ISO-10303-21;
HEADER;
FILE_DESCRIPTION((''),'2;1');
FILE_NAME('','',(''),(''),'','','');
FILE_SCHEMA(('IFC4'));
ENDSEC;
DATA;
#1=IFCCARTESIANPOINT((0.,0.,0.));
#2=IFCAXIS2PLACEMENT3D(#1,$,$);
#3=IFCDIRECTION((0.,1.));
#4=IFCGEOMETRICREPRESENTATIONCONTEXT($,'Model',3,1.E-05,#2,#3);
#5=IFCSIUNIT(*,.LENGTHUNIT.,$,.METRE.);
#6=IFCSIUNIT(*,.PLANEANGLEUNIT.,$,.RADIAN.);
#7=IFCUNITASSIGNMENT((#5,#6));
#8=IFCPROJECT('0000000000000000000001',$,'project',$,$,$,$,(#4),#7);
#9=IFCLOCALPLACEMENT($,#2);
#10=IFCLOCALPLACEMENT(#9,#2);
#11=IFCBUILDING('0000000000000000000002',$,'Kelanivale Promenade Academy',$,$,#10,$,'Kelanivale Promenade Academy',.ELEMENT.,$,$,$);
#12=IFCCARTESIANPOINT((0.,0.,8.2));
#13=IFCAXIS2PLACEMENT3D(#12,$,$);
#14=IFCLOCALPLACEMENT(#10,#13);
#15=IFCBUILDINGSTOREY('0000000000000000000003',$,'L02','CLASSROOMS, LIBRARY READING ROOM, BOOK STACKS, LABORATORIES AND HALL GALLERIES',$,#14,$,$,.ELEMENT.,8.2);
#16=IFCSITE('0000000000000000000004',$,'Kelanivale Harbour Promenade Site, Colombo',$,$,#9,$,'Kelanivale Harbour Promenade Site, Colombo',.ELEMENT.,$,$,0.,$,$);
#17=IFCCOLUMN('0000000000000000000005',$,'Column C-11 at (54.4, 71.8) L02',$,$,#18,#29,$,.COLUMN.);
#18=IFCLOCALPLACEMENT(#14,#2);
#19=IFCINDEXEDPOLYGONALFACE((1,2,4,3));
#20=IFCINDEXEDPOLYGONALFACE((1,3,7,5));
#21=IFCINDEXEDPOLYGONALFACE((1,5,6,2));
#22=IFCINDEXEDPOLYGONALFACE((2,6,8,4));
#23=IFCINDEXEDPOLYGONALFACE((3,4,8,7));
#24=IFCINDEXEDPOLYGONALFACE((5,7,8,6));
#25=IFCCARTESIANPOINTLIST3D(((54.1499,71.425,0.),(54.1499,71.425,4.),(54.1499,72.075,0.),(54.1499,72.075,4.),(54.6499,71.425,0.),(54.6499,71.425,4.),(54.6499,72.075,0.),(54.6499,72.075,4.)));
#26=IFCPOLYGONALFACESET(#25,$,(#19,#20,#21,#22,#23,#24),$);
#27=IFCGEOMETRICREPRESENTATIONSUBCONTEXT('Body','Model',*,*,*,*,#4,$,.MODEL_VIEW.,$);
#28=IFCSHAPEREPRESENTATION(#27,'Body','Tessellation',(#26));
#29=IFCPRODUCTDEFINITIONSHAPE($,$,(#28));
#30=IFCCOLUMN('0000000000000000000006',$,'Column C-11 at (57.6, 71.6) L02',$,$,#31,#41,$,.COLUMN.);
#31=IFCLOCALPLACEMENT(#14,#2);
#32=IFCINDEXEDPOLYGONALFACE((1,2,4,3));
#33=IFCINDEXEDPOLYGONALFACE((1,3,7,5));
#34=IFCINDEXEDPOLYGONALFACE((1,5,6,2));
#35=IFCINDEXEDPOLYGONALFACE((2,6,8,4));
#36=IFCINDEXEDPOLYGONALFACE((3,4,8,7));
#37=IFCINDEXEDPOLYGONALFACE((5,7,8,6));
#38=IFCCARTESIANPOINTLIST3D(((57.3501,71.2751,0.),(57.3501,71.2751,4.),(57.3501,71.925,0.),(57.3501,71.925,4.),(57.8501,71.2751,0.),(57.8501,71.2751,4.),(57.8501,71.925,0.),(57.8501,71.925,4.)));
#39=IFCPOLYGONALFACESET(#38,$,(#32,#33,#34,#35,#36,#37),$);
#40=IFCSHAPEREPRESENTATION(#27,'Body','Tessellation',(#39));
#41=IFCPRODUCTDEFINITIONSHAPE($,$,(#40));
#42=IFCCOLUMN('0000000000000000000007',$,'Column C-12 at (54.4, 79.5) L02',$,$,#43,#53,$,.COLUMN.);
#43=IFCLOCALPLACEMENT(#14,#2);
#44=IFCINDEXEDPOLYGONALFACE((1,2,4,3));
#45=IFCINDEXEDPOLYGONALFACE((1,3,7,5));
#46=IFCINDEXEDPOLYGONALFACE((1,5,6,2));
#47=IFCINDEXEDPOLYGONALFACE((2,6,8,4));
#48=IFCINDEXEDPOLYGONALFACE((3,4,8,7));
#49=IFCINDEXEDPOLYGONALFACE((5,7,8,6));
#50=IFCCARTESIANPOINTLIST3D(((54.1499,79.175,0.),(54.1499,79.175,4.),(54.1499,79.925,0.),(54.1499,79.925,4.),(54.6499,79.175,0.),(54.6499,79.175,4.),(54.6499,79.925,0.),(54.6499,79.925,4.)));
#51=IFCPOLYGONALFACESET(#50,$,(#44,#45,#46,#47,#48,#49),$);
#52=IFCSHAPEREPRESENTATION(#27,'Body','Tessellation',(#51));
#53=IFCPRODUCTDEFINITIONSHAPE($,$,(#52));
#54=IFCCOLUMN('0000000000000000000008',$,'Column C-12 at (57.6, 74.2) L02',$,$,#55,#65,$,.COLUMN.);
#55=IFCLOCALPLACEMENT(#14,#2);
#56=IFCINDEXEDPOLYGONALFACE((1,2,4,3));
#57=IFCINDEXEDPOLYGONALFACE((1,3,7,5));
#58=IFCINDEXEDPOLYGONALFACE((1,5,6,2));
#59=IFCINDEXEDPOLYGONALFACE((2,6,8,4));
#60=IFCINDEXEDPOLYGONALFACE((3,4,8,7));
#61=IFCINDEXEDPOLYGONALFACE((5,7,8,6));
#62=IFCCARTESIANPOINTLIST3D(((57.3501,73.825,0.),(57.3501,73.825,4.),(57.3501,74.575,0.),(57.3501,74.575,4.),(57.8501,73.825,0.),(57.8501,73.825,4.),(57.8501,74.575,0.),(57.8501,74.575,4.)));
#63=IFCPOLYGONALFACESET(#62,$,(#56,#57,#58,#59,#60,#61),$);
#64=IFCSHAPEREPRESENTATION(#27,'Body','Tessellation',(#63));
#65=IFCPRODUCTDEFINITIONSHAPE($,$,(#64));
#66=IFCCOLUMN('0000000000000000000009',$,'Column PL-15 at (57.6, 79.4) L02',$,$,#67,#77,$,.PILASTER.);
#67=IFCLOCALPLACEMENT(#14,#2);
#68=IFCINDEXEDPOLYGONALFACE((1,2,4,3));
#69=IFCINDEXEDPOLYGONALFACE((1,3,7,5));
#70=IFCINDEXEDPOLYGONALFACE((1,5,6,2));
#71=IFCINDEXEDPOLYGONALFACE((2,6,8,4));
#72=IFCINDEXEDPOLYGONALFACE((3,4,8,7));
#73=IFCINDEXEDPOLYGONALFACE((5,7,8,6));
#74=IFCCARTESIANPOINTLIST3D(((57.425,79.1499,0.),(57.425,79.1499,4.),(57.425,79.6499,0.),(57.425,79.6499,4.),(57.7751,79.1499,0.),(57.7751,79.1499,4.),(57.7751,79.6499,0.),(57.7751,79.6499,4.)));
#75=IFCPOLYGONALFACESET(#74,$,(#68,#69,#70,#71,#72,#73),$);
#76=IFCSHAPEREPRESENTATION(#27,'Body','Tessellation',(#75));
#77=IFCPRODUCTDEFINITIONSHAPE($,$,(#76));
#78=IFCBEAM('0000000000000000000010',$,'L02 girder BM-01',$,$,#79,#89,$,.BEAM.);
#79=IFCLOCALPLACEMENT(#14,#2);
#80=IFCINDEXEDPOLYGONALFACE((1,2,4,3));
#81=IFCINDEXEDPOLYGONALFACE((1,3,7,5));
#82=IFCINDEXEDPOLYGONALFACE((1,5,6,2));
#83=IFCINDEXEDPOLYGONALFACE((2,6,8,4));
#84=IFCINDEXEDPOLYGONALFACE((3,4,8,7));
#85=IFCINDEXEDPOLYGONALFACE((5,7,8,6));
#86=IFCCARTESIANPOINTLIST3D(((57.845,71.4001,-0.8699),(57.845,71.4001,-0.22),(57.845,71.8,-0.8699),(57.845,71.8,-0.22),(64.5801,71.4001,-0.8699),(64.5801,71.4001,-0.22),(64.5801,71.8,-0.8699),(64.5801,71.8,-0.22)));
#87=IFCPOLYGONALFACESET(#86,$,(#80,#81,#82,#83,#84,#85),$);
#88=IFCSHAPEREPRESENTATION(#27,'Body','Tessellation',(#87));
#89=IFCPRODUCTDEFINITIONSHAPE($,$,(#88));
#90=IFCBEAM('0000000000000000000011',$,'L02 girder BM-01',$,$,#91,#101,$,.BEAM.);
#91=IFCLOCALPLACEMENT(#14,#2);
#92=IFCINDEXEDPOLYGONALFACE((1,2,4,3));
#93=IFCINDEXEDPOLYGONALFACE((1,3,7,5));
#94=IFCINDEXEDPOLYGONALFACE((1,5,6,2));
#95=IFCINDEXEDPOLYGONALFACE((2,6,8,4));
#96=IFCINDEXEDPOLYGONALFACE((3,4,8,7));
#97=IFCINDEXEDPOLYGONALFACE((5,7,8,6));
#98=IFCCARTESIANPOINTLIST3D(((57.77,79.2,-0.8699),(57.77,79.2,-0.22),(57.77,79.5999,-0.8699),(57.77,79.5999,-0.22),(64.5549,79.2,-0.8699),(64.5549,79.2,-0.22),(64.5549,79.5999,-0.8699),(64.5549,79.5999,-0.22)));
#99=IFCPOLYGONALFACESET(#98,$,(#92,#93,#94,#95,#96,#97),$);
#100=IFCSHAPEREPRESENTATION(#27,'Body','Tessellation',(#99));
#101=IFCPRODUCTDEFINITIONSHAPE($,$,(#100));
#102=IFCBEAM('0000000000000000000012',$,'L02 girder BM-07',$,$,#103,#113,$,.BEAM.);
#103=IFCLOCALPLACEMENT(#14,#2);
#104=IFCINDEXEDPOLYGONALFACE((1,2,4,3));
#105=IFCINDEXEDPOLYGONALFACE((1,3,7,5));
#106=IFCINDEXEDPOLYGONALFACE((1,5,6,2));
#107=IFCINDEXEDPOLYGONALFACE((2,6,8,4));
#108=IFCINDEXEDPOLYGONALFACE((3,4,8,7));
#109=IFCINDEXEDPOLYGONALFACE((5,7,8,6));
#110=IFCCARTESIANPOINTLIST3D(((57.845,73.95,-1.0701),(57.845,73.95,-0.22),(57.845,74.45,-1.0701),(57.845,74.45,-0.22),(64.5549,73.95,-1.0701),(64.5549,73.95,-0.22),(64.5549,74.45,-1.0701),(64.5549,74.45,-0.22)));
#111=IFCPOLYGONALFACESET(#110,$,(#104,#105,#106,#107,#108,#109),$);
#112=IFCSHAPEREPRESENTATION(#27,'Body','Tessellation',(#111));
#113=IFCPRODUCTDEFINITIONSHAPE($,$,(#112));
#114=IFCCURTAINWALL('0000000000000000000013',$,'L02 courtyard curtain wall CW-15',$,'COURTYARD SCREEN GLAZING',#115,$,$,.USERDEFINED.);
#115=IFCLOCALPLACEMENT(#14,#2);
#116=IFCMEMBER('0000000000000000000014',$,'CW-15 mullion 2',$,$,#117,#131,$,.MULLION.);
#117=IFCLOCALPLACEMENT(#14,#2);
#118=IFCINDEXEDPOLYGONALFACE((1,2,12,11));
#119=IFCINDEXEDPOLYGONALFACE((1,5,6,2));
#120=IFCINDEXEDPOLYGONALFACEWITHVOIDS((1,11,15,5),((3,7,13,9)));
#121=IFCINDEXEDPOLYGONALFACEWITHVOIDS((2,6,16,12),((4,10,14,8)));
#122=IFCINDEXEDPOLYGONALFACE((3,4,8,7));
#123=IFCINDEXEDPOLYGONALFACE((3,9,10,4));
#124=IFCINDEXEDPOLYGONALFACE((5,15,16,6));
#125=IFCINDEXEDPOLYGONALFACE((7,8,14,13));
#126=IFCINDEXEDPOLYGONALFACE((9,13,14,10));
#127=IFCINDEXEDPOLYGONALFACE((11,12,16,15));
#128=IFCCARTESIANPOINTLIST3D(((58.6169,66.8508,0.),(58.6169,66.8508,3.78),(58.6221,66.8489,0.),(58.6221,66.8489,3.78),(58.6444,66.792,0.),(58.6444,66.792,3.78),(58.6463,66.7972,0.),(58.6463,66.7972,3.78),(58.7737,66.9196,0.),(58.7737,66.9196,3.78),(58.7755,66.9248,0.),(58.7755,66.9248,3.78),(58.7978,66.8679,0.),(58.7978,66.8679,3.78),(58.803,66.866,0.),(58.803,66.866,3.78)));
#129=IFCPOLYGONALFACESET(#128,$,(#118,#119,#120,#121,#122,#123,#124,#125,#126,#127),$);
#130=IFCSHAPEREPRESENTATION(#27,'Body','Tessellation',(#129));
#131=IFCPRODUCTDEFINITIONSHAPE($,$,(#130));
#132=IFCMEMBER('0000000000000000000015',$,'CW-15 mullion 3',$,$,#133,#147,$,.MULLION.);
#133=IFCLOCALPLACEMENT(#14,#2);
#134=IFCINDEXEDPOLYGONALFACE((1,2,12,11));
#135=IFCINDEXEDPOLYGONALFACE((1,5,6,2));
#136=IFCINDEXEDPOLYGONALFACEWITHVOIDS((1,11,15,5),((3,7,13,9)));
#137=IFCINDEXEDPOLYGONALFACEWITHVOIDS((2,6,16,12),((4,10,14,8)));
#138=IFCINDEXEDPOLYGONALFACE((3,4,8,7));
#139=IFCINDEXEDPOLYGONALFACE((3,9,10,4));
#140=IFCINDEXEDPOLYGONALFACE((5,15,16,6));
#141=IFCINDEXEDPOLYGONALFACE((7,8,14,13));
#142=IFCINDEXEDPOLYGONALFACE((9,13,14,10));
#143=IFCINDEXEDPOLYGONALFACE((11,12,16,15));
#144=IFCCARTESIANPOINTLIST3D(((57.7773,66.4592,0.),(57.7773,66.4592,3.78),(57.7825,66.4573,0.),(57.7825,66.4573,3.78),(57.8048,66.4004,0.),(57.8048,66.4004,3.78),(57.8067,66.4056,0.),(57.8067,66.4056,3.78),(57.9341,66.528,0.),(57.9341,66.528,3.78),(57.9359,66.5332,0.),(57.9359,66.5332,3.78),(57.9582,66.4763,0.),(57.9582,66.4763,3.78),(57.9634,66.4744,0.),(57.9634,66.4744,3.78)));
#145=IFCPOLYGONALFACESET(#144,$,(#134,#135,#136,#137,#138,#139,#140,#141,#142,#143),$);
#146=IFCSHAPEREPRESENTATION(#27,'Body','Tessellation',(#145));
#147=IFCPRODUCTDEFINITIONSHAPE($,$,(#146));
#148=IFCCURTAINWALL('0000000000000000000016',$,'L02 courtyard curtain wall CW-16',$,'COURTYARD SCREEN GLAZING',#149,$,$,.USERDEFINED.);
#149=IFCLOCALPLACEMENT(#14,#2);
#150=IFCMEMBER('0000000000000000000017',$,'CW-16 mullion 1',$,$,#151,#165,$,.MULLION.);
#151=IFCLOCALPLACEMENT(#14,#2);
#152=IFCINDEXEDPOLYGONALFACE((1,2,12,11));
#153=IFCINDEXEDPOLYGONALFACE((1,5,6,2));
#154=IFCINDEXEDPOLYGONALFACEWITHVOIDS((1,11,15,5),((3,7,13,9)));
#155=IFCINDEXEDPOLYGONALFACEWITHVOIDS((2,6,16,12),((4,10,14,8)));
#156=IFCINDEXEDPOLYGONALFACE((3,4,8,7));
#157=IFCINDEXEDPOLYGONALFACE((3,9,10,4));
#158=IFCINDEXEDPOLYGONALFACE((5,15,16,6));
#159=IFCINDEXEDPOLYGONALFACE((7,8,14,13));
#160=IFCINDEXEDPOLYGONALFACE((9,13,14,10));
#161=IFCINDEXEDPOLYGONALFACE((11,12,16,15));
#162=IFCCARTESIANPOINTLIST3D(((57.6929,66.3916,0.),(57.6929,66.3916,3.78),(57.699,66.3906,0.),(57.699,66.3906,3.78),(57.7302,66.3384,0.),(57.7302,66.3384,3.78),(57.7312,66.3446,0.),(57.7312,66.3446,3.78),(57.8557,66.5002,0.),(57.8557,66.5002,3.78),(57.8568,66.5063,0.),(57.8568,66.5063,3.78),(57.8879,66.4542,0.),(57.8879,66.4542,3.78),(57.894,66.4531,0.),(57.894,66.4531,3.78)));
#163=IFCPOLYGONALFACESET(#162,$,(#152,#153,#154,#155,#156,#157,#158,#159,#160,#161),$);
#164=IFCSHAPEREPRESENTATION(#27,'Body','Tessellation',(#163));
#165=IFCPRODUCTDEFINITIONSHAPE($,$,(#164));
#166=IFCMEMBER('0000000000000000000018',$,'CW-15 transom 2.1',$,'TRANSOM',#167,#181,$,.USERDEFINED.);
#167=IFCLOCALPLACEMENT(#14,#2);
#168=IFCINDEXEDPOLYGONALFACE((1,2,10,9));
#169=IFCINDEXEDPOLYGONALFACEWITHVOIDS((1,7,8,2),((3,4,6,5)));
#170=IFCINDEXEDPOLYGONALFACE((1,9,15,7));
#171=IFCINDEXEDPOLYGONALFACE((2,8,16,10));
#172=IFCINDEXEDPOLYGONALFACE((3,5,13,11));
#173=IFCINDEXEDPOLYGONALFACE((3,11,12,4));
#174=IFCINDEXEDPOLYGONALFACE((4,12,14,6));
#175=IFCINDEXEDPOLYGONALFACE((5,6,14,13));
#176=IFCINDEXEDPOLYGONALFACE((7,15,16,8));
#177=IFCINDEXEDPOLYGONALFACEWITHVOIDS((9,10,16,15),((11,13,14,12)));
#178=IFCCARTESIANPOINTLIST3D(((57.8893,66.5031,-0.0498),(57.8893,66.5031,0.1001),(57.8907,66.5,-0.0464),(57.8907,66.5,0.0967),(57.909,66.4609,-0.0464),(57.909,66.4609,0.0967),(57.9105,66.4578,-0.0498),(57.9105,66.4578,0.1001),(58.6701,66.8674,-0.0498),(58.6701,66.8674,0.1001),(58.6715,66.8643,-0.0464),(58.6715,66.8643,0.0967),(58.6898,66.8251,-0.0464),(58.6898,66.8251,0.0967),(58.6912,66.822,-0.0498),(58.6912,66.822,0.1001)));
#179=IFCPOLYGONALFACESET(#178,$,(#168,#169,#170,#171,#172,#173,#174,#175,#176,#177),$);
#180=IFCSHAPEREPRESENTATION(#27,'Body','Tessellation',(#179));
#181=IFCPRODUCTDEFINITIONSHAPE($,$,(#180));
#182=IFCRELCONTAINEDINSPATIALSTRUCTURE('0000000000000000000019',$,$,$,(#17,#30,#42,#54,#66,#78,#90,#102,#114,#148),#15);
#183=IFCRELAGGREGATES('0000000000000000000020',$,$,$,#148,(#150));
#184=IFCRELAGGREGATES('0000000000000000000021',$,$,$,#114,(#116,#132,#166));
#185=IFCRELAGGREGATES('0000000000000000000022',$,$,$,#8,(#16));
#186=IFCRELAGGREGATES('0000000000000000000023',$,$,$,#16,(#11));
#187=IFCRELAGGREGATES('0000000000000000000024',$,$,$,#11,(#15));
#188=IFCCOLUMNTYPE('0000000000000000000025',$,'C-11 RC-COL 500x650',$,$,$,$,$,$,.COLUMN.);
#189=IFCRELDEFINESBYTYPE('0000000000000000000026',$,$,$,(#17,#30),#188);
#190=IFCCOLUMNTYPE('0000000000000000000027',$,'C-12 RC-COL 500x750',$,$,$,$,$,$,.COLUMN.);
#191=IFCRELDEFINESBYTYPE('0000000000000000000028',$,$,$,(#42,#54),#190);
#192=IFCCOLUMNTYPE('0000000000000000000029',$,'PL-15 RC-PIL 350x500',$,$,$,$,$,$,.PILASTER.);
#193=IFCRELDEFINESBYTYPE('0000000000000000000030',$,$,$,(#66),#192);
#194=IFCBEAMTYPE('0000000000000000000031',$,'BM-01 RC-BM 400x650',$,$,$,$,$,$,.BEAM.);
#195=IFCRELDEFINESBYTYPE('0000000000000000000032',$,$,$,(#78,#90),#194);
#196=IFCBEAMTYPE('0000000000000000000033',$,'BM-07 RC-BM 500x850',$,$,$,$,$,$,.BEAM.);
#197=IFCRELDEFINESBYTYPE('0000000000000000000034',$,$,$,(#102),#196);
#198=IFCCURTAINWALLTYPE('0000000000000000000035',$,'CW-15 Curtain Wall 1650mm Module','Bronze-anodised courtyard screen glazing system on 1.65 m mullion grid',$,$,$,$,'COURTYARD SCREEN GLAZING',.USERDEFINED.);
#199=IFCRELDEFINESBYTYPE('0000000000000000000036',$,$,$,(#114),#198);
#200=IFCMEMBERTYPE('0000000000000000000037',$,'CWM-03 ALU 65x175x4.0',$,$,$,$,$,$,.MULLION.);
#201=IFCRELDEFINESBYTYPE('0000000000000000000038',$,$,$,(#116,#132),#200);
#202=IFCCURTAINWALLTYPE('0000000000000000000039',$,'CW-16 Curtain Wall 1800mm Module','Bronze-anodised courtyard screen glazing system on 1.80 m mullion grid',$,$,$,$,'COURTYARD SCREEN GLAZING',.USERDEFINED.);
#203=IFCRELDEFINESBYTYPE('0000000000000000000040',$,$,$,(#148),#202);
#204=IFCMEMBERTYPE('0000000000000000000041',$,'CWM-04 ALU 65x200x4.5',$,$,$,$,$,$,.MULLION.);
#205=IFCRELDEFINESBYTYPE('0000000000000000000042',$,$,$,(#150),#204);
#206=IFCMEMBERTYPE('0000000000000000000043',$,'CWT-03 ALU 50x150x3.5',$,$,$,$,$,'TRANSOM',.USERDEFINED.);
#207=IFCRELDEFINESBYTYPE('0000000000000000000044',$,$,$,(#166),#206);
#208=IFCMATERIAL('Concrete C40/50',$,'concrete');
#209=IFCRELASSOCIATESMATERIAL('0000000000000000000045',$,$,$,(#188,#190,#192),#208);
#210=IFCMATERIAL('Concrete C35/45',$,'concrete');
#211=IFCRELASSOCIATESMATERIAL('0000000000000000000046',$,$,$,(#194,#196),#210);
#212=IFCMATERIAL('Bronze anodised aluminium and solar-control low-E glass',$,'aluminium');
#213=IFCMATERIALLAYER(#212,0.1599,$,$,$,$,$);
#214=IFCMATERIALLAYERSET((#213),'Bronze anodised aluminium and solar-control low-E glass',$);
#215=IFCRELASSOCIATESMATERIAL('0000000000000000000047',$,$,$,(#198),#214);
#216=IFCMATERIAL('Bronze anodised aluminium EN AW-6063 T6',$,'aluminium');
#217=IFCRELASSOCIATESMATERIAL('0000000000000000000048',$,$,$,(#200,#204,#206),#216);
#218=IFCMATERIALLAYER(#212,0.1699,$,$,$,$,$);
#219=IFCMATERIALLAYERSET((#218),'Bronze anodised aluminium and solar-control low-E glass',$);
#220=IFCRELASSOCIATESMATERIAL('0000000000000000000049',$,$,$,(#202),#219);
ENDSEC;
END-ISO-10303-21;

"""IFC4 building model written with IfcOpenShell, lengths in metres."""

from ifc_helpers import new_model, si_unit, direction, frame, origin, origin_2d, place, context, subcontext, project, spatial, rectangle, hollow_rectangle, extrude, material, layer, layer_set, material_profile, profile_set, type_object, element, aggregate, save


model = new_model("IFC4")

# Units and contexts
model_context = context("Model", 3, precision=1e-05, world=origin(), true_north=direction((0.0, 1.0)))
body_context = subcontext(model_context, "Body", "Model", "MODEL_VIEW")
ifc_project = project(units=[si_unit("LENGTHUNIT", "METRE"), si_unit("PLANEANGLEUNIT", "RADIAN")], contexts=[model_context])

# Site, building, storey
site_placement = place(None, origin())
site = spatial("IfcSite", under=ifc_project, at=site_placement, Name="Kelanivale Harbour Promenade Site, Colombo", LongName="Kelanivale Harbour Promenade Site, Colombo", CompositionType="ELEMENT", RefElevation=0.0)
building_placement = place(site_placement, origin())
building = spatial("IfcBuilding", under=site, at=building_placement, Name="Kelanivale Promenade Academy", LongName="Kelanivale Promenade Academy", CompositionType="ELEMENT")
storey_placement = place(building_placement, frame((0.0, 0.0, 8.2)))
storey = spatial("IfcBuildingStorey", under=building, at=storey_placement, Name="L02", Description="CLASSROOMS, LIBRARY READING ROOM, BOOK STACKS, LABORATORIES AND HALL GALLERIES", CompositionType="ELEMENT", Elevation=8.2)

# Columns
ifc_material_1 = material(Name="Concrete C40/50", Category="concrete")
ifc_material_profile_1 = material_profile(ifc_material_1, rectangle(XDim=0.5, YDim=0.6499, at=origin_2d()), Name="RC-COL 500x650")
ifc_profile_set_1 = profile_set([ifc_material_profile_1], Name="Concrete C40/50")
column_type_1 = type_object("IfcColumnType", Name="C-11 RC-COL 500x650", PredefinedType="COLUMN", material=ifc_profile_set_1)
for number, where, z_axis, x_axis, name in (
    (1, (54.3999, 71.75, 0.0), (0.0, 0.0, 1.0), (1.0, 0.0, 0.0), "Column C-11 at (54.4, 71.8) L02"),
    (2, (57.6001, 71.6001, 0.0), (0.0, 0.0, 1.0), (1.0, 0.0, 0.0), "Column C-11 at (57.6, 71.6) L02"),
):
    element("IfcColumn", number, at=place(storey_placement, frame(where, z_axis=z_axis, x_axis=x_axis)), inside=storey, type_object=column_type_1, Name=name, PredefinedType="COLUMN", context=body_context, shape_type="SweptSolid", body=[
        extrude(rectangle(XDim=0.5, YDim=0.6499, at=origin_2d()), origin(), (0.0, 0.0, 1.0), 4.0),
    ])
ifc_material_profile_2 = material_profile(ifc_material_1, rectangle(XDim=0.5, YDim=0.75, at=origin_2d()), Name="RC-COL 500x750")
ifc_profile_set_2 = profile_set([ifc_material_profile_2], Name="Concrete C40/50")
column_type_2 = type_object("IfcColumnType", Name="C-12 RC-COL 500x750", PredefinedType="COLUMN", material=ifc_profile_set_2)
for number, where, z_axis, x_axis, name in (
    (3, (54.3999, 79.55, 0.0), (0.0, 0.0, 1.0), (1.0, 0.0, 0.0), "Column C-12 at (54.4, 79.5) L02"),
    (4, (57.6001, 74.2, 0.0), (0.0, 0.0, 1.0), (1.0, 0.0, 0.0), "Column C-12 at (57.6, 74.2) L02"),
):
    element("IfcColumn", number, at=place(storey_placement, frame(where, z_axis=z_axis, x_axis=x_axis)), inside=storey, type_object=column_type_2, Name=name, PredefinedType="COLUMN", context=body_context, shape_type="SweptSolid", body=[
        extrude(rectangle(XDim=0.5, YDim=0.75, at=origin_2d()), origin(), (0.0, 0.0, 1.0), 4.0),
    ])
ifc_material_profile_3 = material_profile(ifc_material_1, rectangle(XDim=0.3501, YDim=0.5, at=origin_2d()), Name="RC-PIL 350x500")
ifc_profile_set_3 = profile_set([ifc_material_profile_3], Name="Concrete C40/50")
column_type_3 = type_object("IfcColumnType", Name="PL-15 RC-PIL 350x500", PredefinedType="PILASTER", material=ifc_profile_set_3)
column_placement = place(storey_placement, frame((57.6001, 79.3999, 0.0), z_axis=(0.0, 0.0, 1.0), x_axis=(1.0, 0.0, 0.0)))
element("IfcColumn", 5, at=column_placement, inside=storey, type_object=column_type_3, Name="Column PL-15 at (57.6, 79.4) L02", PredefinedType="PILASTER", context=body_context, shape_type="SweptSolid", body=[
    extrude(rectangle(XDim=0.3501, YDim=0.5, at=origin_2d()), origin(), (0.0, 0.0, 1.0), 4.0),
])

# Beams
ifc_material_2 = material(Name="Concrete C35/45", Category="concrete")
ifc_material_profile_4 = material_profile(ifc_material_2, rectangle(XDim=0.3999, YDim=0.6499, at=origin_2d()), Name="RC-BM 400x650")
ifc_profile_set_4 = profile_set([ifc_material_profile_4], Name="Concrete C35/45")
beam_type_1 = type_object("IfcBeamType", Name="BM-01 RC-BM 400x650", PredefinedType="BEAM", material=ifc_profile_set_4)
beam_1_placement = place(storey_placement, frame((57.845, 71.6001, -0.5449), z_axis=(1.0, 0.0, 0.0), x_axis=(0.0, 1.0, 0.0)))
element("IfcBeam", 6, at=beam_1_placement, inside=storey, type_object=beam_type_1, Name="L02 girder BM-01", PredefinedType="BEAM", context=body_context, shape_type="SweptSolid", body=[
    extrude(rectangle(XDim=0.3999, YDim=0.6499, at=origin_2d()), origin(), (0.0, 0.0, 1.0), 6.7351),
])
beam_2_placement = place(storey_placement, frame((57.77, 79.3999, -0.5449), z_axis=(1.0, 0.0, 0.0), x_axis=(0.0, 1.0, 0.0)))
element("IfcBeam", 7, at=beam_2_placement, inside=storey, type_object=beam_type_1, Name="L02 girder BM-01", PredefinedType="BEAM", context=body_context, shape_type="SweptSolid", body=[
    extrude(rectangle(XDim=0.3999, YDim=0.6499, at=origin_2d()), origin(), (0.0, 0.0, 1.0), 6.7849),
])
ifc_material_profile_5 = material_profile(ifc_material_2, rectangle(XDim=0.5, YDim=0.8501, at=origin_2d()), Name="RC-BM 500x850")
ifc_profile_set_5 = profile_set([ifc_material_profile_5], Name="Concrete C35/45")
beam_type_2 = type_object("IfcBeamType", Name="BM-07 RC-BM 500x850", PredefinedType="BEAM", material=ifc_profile_set_5)
beam_3_placement = place(storey_placement, frame((57.845, 74.2, -0.645), z_axis=(1.0, 0.0, 0.0), x_axis=(0.0, 1.0, 0.0)))
element("IfcBeam", 8, at=beam_3_placement, inside=storey, type_object=beam_type_2, Name="L02 girder BM-07", PredefinedType="BEAM", context=body_context, shape_type="SweptSolid", body=[
    extrude(rectangle(XDim=0.5, YDim=0.8501, at=origin_2d()), origin(), (0.0, 0.0, 1.0), 6.71),
])

# Curtain wall, members
ifc_material_3 = material(Name="Bronze anodised aluminium and solar-control low-E glass", Category="aluminium")
ifc_layer_1 = layer(ifc_material_3, 0.1599)
ifc_layer_set_1 = layer_set([ifc_layer_1], Name="Bronze anodised aluminium and solar-control low-E glass")
curtain_wall_type_1 = type_object("IfcCurtainWallType", Name="CW-15 Curtain Wall 1650mm Module", Description="Bronze-anodised courtyard screen glazing system on 1.65 m mullion grid", ElementType="COURTYARD SCREEN GLAZING", PredefinedType="USERDEFINED", material=ifc_layer_set_1)
curtain_wall_1_placement = place(storey_placement, origin())
curtain_wall_1 = element("IfcCurtainWall", 9, at=curtain_wall_1_placement, inside=storey, type_object=curtain_wall_type_1, Name="L02 courtyard curtain wall CW-15", ObjectType="COURTYARD SCREEN GLAZING", PredefinedType="USERDEFINED")
ifc_material_4 = material(Name="Bronze anodised aluminium EN AW-6063 T6", Category="aluminium")
ifc_material_profile_6 = material_profile(ifc_material_4, hollow_rectangle(XDim=0.0649, YDim=0.175, WallThickness=0.0039, at=origin_2d()), Name="ALU 65x175x4.0")
ifc_profile_set_6 = profile_set([ifc_material_profile_6], Name="Bronze anodised aluminium EN AW-6063 T6")
member_type_1 = type_object("IfcMemberType", Name="CWM-03 ALU 65x175x4.0", PredefinedType="MULLION", material=ifc_profile_set_6)
member_1_placement = place(storey_placement, frame((58.71, 66.8584, 0.0), z_axis=(0.0, 0.0, 1.0), x_axis=(0.422857, -0.906196, 0.0)))
member_1 = element("IfcMember", 10, at=member_1_placement, type_object=member_type_1, Name="CW-15 mullion 2", PredefinedType="MULLION", context=body_context, shape_type="SweptSolid", body=[
    extrude(hollow_rectangle(XDim=0.0649, YDim=0.175, WallThickness=0.0039, at=origin_2d()), origin(), (0.0, 0.0, 1.0), 3.78),
])
member_2_placement = place(storey_placement, frame((57.8704, 66.4668, 0.0), z_axis=(0.0, 0.0, 1.0), x_axis=(0.422857, -0.906196, 0.0)))
member_2 = element("IfcMember", 11, at=member_2_placement, type_object=member_type_1, Name="CW-15 mullion 3", PredefinedType="MULLION", context=body_context, shape_type="SweptSolid", body=[
    extrude(hollow_rectangle(XDim=0.0649, YDim=0.175, WallThickness=0.0039, at=origin_2d()), origin(), (0.0, 0.0, 1.0), 3.78),
])

# Curtain wall, member
ifc_layer_2 = layer(ifc_material_3, 0.1699)
ifc_layer_set_2 = layer_set([ifc_layer_2], Name="Bronze anodised aluminium and solar-control low-E glass")
curtain_wall_type_2 = type_object("IfcCurtainWallType", Name="CW-16 Curtain Wall 1800mm Module", Description="Bronze-anodised courtyard screen glazing system on 1.80 m mullion grid", ElementType="COURTYARD SCREEN GLAZING", PredefinedType="USERDEFINED", material=ifc_layer_set_2)
curtain_wall_2_placement = place(storey_placement, origin())
curtain_wall_2 = element("IfcCurtainWall", 12, at=curtain_wall_2_placement, inside=storey, type_object=curtain_wall_type_2, Name="L02 courtyard curtain wall CW-16", ObjectType="COURTYARD SCREEN GLAZING", PredefinedType="USERDEFINED")
ifc_material_profile_7 = material_profile(ifc_material_4, hollow_rectangle(XDim=0.0649, YDim=0.2, WallThickness=0.0044, at=origin_2d()), Name="ALU 65x200x4.5")
ifc_profile_set_7 = profile_set([ifc_material_profile_7], Name="Bronze anodised aluminium EN AW-6063 T6")
member_type_2 = type_object("IfcMemberType", Name="CWM-04 ALU 65x200x4.5", PredefinedType="MULLION", material=ifc_profile_set_7)
member_3_placement = place(storey_placement, frame((57.7935, 66.4224, 0.0), z_axis=(0.0, 0.0, 1.0), x_axis=(0.573357, -0.819306, 0.0)))
member_3 = element("IfcMember", 13, at=member_3_placement, type_object=member_type_2, Name="CW-16 mullion 1", PredefinedType="MULLION", context=body_context, shape_type="SweptSolid", body=[
    extrude(hollow_rectangle(XDim=0.0649, YDim=0.2, WallThickness=0.0044, at=origin_2d()), origin(), (0.0, 0.0, 1.0), 3.78),
])

# Member
ifc_material_profile_8 = material_profile(ifc_material_4, hollow_rectangle(XDim=0.05, YDim=0.1499, WallThickness=0.0034, at=origin_2d()), Name="ALU 50x150x3.5")
ifc_profile_set_8 = profile_set([ifc_material_profile_8], Name="Bronze anodised aluminium EN AW-6063 T6")
member_type_3 = type_object("IfcMemberType", Name="CWT-03 ALU 50x150x3.5", ElementType="TRANSOM", PredefinedType="USERDEFINED", material=ifc_profile_set_8)
member_4_placement = place(storey_placement, frame((58.6807, 66.8447, 0.0251), z_axis=(-0.906227, -0.422792, 0.0), x_axis=(0.422792, -0.906227, 0.0)))
member_4 = element("IfcMember", 14, at=member_4_placement, type_object=member_type_3, Name="CW-15 transom 2.1", ObjectType="TRANSOM", PredefinedType="USERDEFINED", context=body_context, shape_type="SweptSolid", body=[
    extrude(hollow_rectangle(XDim=0.05, YDim=0.1499, WallThickness=0.0034, at=origin_2d()), origin(), (0.0, 0.0, 1.0), 0.8616),
])

aggregate(curtain_wall_2, [member_3])
aggregate(curtain_wall_1, [member_1, member_2, member_4])

save(model, "model.ifc")
